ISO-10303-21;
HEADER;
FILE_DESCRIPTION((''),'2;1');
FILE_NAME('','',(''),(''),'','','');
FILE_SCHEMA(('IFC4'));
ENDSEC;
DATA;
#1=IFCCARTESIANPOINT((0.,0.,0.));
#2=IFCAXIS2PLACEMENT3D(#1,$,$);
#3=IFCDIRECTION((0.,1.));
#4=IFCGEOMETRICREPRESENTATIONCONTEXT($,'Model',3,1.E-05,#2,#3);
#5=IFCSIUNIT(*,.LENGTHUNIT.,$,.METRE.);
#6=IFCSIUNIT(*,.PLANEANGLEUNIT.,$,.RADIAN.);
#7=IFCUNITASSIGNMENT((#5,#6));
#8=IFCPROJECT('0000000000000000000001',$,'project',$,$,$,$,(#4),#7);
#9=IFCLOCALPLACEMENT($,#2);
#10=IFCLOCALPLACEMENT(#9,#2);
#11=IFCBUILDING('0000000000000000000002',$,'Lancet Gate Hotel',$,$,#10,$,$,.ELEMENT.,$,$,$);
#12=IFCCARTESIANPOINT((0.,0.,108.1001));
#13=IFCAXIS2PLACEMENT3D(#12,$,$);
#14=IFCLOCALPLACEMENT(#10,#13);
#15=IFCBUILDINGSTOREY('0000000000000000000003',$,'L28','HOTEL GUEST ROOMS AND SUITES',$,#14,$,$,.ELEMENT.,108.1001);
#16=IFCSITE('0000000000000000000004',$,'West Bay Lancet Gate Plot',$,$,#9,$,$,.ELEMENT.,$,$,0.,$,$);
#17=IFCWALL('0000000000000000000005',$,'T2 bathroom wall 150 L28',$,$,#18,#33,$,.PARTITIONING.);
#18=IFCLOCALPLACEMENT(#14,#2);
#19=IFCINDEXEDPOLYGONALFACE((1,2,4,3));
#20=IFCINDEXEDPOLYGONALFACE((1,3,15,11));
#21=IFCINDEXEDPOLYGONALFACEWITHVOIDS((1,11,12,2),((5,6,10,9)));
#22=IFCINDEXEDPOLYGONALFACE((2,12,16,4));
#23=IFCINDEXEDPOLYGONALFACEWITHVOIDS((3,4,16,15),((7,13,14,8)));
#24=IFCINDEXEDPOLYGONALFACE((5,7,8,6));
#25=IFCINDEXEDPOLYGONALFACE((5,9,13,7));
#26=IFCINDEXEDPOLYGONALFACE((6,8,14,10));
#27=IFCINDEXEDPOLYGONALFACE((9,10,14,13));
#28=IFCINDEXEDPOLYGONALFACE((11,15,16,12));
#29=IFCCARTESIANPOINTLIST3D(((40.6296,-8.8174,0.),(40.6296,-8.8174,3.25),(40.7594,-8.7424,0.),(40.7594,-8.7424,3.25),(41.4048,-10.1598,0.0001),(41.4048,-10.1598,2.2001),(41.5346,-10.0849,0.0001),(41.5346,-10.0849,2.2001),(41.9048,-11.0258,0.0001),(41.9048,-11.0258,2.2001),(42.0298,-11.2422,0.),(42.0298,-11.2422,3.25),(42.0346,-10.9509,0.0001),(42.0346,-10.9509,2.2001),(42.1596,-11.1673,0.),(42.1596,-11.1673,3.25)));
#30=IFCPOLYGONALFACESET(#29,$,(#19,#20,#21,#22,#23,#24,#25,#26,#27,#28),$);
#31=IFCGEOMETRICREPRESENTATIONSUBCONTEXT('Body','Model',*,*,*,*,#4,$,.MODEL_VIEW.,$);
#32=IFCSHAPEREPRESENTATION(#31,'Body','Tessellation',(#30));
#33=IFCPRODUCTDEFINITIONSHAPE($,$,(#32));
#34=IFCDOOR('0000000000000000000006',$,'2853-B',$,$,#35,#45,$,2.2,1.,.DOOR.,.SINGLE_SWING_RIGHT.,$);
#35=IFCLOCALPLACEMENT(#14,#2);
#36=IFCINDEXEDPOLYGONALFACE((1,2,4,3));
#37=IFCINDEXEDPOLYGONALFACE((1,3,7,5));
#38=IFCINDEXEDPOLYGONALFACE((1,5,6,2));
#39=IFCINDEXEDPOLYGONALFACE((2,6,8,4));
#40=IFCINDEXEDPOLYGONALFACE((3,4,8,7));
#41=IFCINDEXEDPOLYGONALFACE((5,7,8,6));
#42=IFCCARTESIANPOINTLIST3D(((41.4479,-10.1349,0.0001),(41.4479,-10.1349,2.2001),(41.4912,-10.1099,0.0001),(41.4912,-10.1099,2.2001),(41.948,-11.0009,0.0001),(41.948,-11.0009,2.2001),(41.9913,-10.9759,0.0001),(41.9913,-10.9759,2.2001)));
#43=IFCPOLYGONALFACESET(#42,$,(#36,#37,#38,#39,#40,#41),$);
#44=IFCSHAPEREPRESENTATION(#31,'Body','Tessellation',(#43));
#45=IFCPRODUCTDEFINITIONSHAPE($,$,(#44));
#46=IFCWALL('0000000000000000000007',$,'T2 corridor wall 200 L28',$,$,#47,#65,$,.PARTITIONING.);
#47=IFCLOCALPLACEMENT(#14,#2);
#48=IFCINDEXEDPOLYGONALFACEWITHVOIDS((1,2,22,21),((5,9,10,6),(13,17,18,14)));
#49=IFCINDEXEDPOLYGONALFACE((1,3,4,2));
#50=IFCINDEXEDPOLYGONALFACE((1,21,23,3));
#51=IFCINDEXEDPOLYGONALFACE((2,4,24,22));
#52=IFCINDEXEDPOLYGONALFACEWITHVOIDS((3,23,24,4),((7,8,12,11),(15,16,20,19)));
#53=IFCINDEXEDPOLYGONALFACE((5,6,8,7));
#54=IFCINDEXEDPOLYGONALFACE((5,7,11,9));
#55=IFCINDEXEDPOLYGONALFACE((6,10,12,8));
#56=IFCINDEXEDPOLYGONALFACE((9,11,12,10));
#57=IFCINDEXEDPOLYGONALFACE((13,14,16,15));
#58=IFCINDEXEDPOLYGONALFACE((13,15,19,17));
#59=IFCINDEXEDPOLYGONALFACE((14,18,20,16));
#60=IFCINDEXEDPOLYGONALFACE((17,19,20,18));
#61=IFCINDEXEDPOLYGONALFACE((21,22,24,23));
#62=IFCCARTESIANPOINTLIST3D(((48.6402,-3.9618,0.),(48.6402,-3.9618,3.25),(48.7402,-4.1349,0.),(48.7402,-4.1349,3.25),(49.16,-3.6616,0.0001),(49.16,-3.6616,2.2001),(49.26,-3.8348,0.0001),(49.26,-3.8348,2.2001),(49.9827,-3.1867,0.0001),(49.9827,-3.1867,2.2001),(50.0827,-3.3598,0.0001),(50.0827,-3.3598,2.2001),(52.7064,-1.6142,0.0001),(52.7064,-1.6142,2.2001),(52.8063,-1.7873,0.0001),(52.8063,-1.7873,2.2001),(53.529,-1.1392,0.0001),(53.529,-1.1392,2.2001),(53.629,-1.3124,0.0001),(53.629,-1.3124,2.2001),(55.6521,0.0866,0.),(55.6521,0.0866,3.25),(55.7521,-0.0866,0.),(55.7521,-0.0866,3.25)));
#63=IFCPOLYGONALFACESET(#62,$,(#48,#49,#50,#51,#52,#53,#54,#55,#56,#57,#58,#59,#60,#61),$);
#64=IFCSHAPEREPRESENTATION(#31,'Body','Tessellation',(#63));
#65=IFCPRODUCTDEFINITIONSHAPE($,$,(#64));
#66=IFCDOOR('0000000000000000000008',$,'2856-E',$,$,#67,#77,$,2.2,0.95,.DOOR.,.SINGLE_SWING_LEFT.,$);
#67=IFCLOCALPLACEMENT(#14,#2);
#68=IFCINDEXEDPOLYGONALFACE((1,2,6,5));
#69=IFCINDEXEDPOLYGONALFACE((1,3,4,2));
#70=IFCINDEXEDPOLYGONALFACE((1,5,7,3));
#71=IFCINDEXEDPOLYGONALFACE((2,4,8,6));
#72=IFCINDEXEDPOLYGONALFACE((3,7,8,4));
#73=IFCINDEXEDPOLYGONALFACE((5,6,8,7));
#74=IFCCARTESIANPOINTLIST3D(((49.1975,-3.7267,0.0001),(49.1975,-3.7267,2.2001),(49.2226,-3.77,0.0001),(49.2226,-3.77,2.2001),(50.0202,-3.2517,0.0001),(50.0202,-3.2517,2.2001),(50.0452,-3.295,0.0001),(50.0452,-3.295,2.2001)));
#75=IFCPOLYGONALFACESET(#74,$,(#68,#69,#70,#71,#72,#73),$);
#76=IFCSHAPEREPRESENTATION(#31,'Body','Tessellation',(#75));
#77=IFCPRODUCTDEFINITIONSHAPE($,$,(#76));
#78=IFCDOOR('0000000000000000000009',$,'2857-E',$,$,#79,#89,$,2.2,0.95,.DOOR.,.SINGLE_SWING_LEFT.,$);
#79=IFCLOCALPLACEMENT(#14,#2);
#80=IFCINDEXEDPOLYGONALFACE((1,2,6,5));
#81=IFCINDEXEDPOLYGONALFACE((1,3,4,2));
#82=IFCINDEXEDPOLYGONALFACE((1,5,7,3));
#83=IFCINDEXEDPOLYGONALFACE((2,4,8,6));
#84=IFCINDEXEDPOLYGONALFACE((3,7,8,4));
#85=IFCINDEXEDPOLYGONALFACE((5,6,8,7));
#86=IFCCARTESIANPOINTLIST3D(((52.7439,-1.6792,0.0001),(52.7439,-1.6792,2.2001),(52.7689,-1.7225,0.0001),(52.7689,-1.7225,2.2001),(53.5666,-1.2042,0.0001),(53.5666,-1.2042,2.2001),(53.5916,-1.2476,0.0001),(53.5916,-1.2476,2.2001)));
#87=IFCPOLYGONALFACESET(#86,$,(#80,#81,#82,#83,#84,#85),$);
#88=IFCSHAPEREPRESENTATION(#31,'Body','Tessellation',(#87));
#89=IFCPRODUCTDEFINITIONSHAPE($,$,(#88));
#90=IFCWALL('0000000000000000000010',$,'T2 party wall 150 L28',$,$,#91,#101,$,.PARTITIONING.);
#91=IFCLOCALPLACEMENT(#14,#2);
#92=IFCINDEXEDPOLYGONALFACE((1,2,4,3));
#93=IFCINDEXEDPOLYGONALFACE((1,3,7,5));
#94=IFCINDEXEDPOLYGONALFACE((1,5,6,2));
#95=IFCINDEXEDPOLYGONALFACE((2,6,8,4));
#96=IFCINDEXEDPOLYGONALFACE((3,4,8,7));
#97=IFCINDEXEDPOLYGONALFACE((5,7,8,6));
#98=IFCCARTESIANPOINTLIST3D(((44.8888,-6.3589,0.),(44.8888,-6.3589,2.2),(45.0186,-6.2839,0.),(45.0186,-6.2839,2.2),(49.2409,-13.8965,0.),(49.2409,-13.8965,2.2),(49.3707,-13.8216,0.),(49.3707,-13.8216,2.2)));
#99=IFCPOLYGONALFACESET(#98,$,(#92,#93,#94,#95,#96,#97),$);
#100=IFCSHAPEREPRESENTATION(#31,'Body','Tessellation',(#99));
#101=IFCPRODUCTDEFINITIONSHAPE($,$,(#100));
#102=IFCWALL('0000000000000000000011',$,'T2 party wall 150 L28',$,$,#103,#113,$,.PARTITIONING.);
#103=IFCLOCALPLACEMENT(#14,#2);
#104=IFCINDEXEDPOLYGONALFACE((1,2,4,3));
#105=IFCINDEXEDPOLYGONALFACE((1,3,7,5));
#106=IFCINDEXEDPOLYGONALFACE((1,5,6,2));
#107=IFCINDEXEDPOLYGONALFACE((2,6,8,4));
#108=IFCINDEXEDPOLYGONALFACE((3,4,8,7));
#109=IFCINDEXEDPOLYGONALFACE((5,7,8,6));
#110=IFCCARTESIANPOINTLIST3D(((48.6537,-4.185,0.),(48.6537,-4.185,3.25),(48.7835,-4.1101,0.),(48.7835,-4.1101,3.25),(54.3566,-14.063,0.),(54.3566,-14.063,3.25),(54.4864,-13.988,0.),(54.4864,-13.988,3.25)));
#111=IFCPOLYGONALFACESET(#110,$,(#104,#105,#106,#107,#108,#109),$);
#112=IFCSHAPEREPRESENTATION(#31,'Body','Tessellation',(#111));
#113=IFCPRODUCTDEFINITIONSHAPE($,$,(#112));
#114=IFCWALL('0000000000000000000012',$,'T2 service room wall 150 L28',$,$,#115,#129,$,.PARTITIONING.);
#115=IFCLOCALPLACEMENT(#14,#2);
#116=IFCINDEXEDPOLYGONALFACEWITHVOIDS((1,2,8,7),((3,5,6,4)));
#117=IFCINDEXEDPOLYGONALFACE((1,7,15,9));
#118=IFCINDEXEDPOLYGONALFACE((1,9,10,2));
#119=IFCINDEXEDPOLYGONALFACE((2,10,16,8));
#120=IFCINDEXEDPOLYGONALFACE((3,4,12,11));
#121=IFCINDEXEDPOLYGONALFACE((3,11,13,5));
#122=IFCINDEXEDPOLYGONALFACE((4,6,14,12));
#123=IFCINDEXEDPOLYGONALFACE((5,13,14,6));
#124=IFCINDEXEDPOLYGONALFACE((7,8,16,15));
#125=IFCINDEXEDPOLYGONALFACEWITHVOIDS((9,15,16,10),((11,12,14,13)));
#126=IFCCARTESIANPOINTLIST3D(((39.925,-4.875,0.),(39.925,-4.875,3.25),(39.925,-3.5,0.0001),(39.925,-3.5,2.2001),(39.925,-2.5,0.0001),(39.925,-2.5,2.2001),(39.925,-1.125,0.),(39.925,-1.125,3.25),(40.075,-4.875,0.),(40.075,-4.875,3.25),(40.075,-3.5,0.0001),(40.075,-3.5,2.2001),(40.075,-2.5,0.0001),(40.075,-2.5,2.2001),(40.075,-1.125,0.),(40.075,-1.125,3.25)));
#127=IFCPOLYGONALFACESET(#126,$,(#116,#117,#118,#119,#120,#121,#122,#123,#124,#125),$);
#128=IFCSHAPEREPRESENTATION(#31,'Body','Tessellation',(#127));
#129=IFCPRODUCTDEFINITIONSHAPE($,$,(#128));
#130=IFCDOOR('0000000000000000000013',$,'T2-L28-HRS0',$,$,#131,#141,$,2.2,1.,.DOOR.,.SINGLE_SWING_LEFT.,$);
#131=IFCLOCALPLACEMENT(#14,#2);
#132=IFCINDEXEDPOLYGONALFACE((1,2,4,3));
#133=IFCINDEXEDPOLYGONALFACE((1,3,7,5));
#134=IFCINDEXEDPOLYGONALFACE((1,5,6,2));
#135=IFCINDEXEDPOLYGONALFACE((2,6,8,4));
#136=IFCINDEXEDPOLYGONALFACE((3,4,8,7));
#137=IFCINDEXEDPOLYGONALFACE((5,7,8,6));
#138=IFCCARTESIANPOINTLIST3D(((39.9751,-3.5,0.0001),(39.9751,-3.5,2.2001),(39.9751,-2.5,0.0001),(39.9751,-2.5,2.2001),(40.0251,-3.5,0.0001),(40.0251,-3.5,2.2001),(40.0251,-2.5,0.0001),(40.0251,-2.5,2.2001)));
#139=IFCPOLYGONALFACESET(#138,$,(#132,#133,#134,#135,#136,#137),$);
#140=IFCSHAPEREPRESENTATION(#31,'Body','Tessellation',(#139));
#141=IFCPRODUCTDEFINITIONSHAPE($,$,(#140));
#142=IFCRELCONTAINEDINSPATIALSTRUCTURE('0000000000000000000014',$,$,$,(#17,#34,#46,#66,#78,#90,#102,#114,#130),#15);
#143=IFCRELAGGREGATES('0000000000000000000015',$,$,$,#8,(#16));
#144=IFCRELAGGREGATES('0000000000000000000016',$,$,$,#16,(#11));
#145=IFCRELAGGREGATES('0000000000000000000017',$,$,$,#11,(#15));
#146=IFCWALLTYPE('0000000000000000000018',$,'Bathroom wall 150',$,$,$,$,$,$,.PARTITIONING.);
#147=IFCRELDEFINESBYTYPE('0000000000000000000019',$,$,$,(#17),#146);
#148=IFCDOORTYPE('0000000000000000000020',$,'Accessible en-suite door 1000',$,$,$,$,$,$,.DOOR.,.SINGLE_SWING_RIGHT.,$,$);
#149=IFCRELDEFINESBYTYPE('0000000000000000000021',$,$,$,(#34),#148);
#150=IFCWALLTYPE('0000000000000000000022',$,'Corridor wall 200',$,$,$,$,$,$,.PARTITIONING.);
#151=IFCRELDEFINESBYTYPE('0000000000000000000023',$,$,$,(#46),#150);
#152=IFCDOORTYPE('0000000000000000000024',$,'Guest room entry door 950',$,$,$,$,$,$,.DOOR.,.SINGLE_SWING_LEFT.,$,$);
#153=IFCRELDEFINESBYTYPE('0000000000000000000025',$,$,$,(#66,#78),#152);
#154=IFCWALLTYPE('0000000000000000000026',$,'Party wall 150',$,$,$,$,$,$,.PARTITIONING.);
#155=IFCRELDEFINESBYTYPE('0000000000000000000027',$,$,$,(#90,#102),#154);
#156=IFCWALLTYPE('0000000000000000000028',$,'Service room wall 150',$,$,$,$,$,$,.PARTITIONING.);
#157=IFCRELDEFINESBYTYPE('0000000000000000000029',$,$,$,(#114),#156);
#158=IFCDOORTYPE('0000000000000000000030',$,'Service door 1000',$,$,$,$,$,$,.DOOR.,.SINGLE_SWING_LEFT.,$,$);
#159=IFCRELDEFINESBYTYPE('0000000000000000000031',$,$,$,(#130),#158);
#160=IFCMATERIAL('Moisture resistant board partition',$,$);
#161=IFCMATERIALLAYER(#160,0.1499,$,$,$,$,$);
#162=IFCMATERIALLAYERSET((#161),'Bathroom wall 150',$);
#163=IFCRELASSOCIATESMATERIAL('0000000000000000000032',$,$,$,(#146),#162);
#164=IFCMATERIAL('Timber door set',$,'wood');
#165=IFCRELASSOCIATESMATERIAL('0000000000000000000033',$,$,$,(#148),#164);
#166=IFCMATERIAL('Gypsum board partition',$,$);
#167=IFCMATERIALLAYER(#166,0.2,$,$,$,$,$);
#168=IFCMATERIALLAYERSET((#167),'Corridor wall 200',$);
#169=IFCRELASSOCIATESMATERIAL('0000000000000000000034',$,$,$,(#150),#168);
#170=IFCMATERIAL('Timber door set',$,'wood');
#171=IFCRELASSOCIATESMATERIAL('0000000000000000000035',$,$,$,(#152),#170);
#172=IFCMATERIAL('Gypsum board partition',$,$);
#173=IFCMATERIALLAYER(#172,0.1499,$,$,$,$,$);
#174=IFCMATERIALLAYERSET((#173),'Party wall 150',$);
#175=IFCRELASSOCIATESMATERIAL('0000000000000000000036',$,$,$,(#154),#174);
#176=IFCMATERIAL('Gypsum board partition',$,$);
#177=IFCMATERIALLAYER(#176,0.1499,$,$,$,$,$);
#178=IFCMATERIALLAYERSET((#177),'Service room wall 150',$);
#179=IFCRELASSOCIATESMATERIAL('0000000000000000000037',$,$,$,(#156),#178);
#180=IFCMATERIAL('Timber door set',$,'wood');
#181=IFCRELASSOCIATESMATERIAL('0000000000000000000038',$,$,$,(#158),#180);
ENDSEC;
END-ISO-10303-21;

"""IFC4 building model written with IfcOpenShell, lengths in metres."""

from ifc_helpers import new_model, si_unit, direction, frame, frame_2d, origin, place, context, subcontext, project, spatial, rectangle, extrude, material, layer, layer_set, type_object, element, fill, save


model = new_model("IFC4")

# Units and contexts
model_context = context("Model", 3, precision=1e-05, world=origin(), true_north=direction((0.0, 1.0)))
body_context = subcontext(model_context, "Body", "Model", "MODEL_VIEW")
ifc_project = project(units=[si_unit("LENGTHUNIT", "METRE"), si_unit("PLANEANGLEUNIT", "RADIAN")], contexts=[model_context])

# Site, building, storey
site_placement = place(None, origin())
site = spatial("IfcSite", under=ifc_project, at=site_placement, Name="West Bay Lancet Gate Plot", CompositionType="ELEMENT", RefElevation=0.0)
building_placement = place(site_placement, origin())
building = spatial("IfcBuilding", under=site, at=building_placement, Name="Lancet Gate Hotel", CompositionType="ELEMENT")
storey_placement = place(building_placement, frame((0.0, 0.0, 108.1001)))
storey = spatial("IfcBuildingStorey", under=building, at=storey_placement, Name="L28", Description="HOTEL GUEST ROOMS AND SUITES", CompositionType="ELEMENT", Elevation=108.1001)

# Shared definitions
ifc_material_1 = material(Name="Moisture resistant board partition")
ifc_layer_1 = layer(ifc_material_1, 0.1499)
ifc_layer_set_1 = layer_set([ifc_layer_1], Name="Bathroom wall 150")
wall_type_1 = type_object("IfcWallType", Name="Bathroom wall 150", PredefinedType="PARTITIONING", material=ifc_layer_set_1)

# Wall, opening, door
wall_1_placement = place(storey_placement, frame((40.6946, -8.78, 0.0), z_axis=(0.0, 0.0, 1.0), x_axis=(0.50005, -0.865997, 0.0)))
wall_1 = element("IfcWall", 1, at=wall_1_placement, inside=storey, type_object=wall_type_1, Name="T2 bathroom wall 150 L28", PredefinedType="PARTITIONING", context=body_context, shape_type="SweptSolid", body=[
    extrude(rectangle(XDim=2.8, YDim=0.1499, at=frame_2d((1.3999, 0.0))), origin(), (0.0, 0.0, 1.0), 3.25),
])
opening_1_placement = place(wall_1_placement, frame((1.55, 0.0, 0.0)))
opening_1 = element("IfcOpeningElement", 2, at=opening_1_placement, cuts=wall_1, PredefinedType="OPENING", context=body_context, shape_type="SweptSolid", body=[
    extrude(rectangle(XDim=1.0, YDim=2.2, at=frame_2d((0.5, 1.1001))), frame((0.0, 0.085, 0.0), z_axis=(0.0, -1.0, 0.0), x_axis=(1.0, 0.0, 0.0)), (0.0, 0.0, 1.0), 0.1699),
])
ifc_material_2 = material(Name="Timber door set", Category="wood")
door_type_1 = type_object("IfcDoorType", Name="Accessible en-suite door 1000", OperationType="SINGLE_SWING_RIGHT", PredefinedType="DOOR", material=ifc_material_2)
door_1_placement = place(opening_1_placement, origin())
door_1 = element("IfcDoor", 3, at=door_1_placement, inside=storey, type_object=door_type_1, Name="2853-B", OperationType="SINGLE_SWING_RIGHT", OverallHeight=2.2, OverallWidth=1.0, PredefinedType="DOOR", context=body_context, shape_type="SweptSolid", body=[
    extrude(rectangle(XDim=1.0, YDim=2.2, at=frame_2d((0.5, 1.1001))), frame((0.0, 0.0249, 0.0), z_axis=(0.0, -1.0, 0.0), x_axis=(1.0, 0.0, 0.0)), (0.0, 0.0, 1.0), 0.05),
])
fill(opening_1, door_1)

# Wall, openings, doors
ifc_material_3 = material(Name="Gypsum board partition")
ifc_layer_2 = layer(ifc_material_3, 0.2)
ifc_layer_set_2 = layer_set([ifc_layer_2], Name="Corridor wall 200")
wall_type_2 = type_object("IfcWallType", Name="Corridor wall 200", PredefinedType="PARTITIONING", material=ifc_layer_set_2)
wall_2_placement = place(storey_placement, frame((48.6902, -4.0483, 0.0), z_axis=(0.0, 0.0, 1.0), x_axis=(0.866026, 0.499998, 0.0)))
wall_2 = element("IfcWall", 4, at=wall_2_placement, inside=storey, type_object=wall_type_2, Name="T2 corridor wall 200 L28", PredefinedType="PARTITIONING", context=body_context, shape_type="SweptSolid", body=[
    extrude(rectangle(XDim=8.0967, YDim=0.2, at=frame_2d((4.0483, 0.0))), origin(), (0.0, 0.0, 1.0), 3.25),
])
opening_2_placement = place(wall_2_placement, frame((0.6001, 0.0, 0.0)))
opening_2 = element("IfcOpeningElement", 5, at=opening_2_placement, cuts=wall_2, PredefinedType="OPENING", context=body_context, shape_type="SweptSolid", body=[
    extrude(rectangle(XDim=0.95, YDim=2.2, at=frame_2d((0.4751, 1.1001))), frame((0.0, 0.1099, 0.0), z_axis=(0.0, -1.0, 0.0), x_axis=(1.0, 0.0, 0.0)), (0.0, 0.0, 1.0), 0.22),
])
opening_3_placement = place(wall_2_placement, frame((4.6951, 0.0, 0.0)))
opening_3 = element("IfcOpeningElement", 6, at=opening_3_placement, cuts=wall_2, PredefinedType="OPENING", context=body_context, shape_type="SweptSolid", body=[
    extrude(rectangle(XDim=0.95, YDim=2.2, at=frame_2d((0.4751, 1.1001))), frame((0.0, 0.1099, 0.0), z_axis=(0.0, -1.0, 0.0), x_axis=(1.0, 0.0, 0.0)), (0.0, 0.0, 1.0), 0.22),
])
ifc_material_4 = material(Name="Timber door set", Category="wood")
door_type_2 = type_object("IfcDoorType", Name="Guest room entry door 950", OperationType="SINGLE_SWING_LEFT", PredefinedType="DOOR", material=ifc_material_4)
door_2_placement = place(opening_2_placement, origin())
door_2 = element("IfcDoor", 7, at=door_2_placement, inside=storey, type_object=door_type_2, Name="2856-E", OperationType="SINGLE_SWING_LEFT", OverallHeight=2.2, OverallWidth=0.95, PredefinedType="DOOR", context=body_context, shape_type="SweptSolid", body=[
    extrude(rectangle(XDim=0.95, YDim=2.2, at=frame_2d((0.4751, 1.1001))), frame((0.0, 0.0249, 0.0), z_axis=(0.0, -1.0, 0.0), x_axis=(1.0, 0.0, 0.0)), (0.0, 0.0, 1.0), 0.05),
])
fill(opening_2, door_2)
door_3_placement = place(opening_3_placement, origin())
door_3 = element("IfcDoor", 8, at=door_3_placement, inside=storey, type_object=door_type_2, Name="2857-E", OperationType="SINGLE_SWING_LEFT", OverallHeight=2.2, OverallWidth=0.95, PredefinedType="DOOR", context=body_context, shape_type="SweptSolid", body=[
    extrude(rectangle(XDim=0.95, YDim=2.2, at=frame_2d((0.4751, 1.1001))), frame((0.0, 0.0249, 0.0), z_axis=(0.0, -1.0, 0.0), x_axis=(1.0, 0.0, 0.0)), (0.0, 0.0, 1.0), 0.05),
])
fill(opening_3, door_3)

# Walls
ifc_material_5 = material(Name="Gypsum board partition")
ifc_layer_3 = layer(ifc_material_5, 0.1499)
ifc_layer_set_3 = layer_set([ifc_layer_3], Name="Party wall 150")
wall_type_3 = type_object("IfcWallType", Name="Party wall 150", PredefinedType="PARTITIONING", material=ifc_layer_set_3)
wall_3_placement = place(storey_placement, frame((44.9536, -6.3213, 0.0), z_axis=(0.0, 0.0, 1.0), x_axis=(0.500019, -0.866015, 0.0)))
element("IfcWall", 9, at=wall_3_placement, inside=storey, type_object=wall_type_3, Name="T2 party wall 150 L28", PredefinedType="PARTITIONING", context=body_context, shape_type="SweptSolid", body=[
    extrude(rectangle(XDim=8.7039, YDim=0.1499, at=frame_2d((4.3521, 0.0))), origin(), (0.0, 0.0, 1.0), 2.2),
])
wall_4_placement = place(storey_placement, frame((48.7185, -4.1475, 0.0), z_axis=(0.0, 0.0, 1.0), x_axis=(0.49999, -0.866031, 0.0)))
element("IfcWall", 10, at=wall_4_placement, inside=storey, type_object=wall_type_3, Name="T2 party wall 150 L28", PredefinedType="PARTITIONING", context=body_context, shape_type="SweptSolid", body=[
    extrude(rectangle(XDim=11.406, YDim=0.1499, at=frame_2d((5.7031, 0.0))), origin(), (0.0, 0.0, 1.0), 3.25),
])

# Wall, opening, door
ifc_material_6 = material(Name="Gypsum board partition")
ifc_layer_4 = layer(ifc_material_6, 0.1499)
ifc_layer_set_4 = layer_set([ifc_layer_4], Name="Service room wall 150")
wall_type_4 = type_object("IfcWallType", Name="Service room wall 150", PredefinedType="PARTITIONING", material=ifc_layer_set_4)
wall_5_placement = place(storey_placement, frame((40.0, -4.875, 0.0), z_axis=(0.0, 0.0, 1.0), x_axis=(0.0, 1.0, 0.0)))
wall_5 = element("IfcWall", 11, at=wall_5_placement, inside=storey, type_object=wall_type_4, Name="T2 service room wall 150 L28", PredefinedType="PARTITIONING", context=body_context, shape_type="SweptSolid", body=[
    extrude(rectangle(XDim=3.75, YDim=0.1499, at=frame_2d((1.875, 0.0))), origin(), (0.0, 0.0, 1.0), 3.25),
])
opening_4_placement = place(wall_5_placement, frame((1.375, 0.0, 0.0)))
opening_4 = element("IfcOpeningElement", 12, at=opening_4_placement, cuts=wall_5, PredefinedType="OPENING", context=body_context, shape_type="SweptSolid", body=[
    extrude(rectangle(XDim=1.0, YDim=2.2, at=frame_2d((0.5, 1.1001))), frame((0.0, 0.085, 0.0), z_axis=(0.0, -1.0, 0.0), x_axis=(1.0, 0.0, 0.0)), (0.0, 0.0, 1.0), 0.1699),
])
ifc_material_7 = material(Name="Timber door set", Category="wood")
door_type_3 = type_object("IfcDoorType", Name="Service door 1000", OperationType="SINGLE_SWING_LEFT", PredefinedType="DOOR", material=ifc_material_7)
door_4_placement = place(opening_4_placement, origin())
door_4 = element("IfcDoor", 13, at=door_4_placement, inside=storey, type_object=door_type_3, Name="T2-L28-HRS0", OperationType="SINGLE_SWING_LEFT", OverallHeight=2.2, OverallWidth=1.0, PredefinedType="DOOR", context=body_context, shape_type="SweptSolid", body=[
    extrude(rectangle(XDim=1.0, YDim=2.2, at=frame_2d((0.5, 1.1001))), frame((0.0, 0.0249, 0.0), z_axis=(0.0, -1.0, 0.0), x_axis=(1.0, 0.0, 0.0)), (0.0, 0.0, 1.0), 0.05),
])
fill(opening_4, door_4)

save(model, "model.ifc")
